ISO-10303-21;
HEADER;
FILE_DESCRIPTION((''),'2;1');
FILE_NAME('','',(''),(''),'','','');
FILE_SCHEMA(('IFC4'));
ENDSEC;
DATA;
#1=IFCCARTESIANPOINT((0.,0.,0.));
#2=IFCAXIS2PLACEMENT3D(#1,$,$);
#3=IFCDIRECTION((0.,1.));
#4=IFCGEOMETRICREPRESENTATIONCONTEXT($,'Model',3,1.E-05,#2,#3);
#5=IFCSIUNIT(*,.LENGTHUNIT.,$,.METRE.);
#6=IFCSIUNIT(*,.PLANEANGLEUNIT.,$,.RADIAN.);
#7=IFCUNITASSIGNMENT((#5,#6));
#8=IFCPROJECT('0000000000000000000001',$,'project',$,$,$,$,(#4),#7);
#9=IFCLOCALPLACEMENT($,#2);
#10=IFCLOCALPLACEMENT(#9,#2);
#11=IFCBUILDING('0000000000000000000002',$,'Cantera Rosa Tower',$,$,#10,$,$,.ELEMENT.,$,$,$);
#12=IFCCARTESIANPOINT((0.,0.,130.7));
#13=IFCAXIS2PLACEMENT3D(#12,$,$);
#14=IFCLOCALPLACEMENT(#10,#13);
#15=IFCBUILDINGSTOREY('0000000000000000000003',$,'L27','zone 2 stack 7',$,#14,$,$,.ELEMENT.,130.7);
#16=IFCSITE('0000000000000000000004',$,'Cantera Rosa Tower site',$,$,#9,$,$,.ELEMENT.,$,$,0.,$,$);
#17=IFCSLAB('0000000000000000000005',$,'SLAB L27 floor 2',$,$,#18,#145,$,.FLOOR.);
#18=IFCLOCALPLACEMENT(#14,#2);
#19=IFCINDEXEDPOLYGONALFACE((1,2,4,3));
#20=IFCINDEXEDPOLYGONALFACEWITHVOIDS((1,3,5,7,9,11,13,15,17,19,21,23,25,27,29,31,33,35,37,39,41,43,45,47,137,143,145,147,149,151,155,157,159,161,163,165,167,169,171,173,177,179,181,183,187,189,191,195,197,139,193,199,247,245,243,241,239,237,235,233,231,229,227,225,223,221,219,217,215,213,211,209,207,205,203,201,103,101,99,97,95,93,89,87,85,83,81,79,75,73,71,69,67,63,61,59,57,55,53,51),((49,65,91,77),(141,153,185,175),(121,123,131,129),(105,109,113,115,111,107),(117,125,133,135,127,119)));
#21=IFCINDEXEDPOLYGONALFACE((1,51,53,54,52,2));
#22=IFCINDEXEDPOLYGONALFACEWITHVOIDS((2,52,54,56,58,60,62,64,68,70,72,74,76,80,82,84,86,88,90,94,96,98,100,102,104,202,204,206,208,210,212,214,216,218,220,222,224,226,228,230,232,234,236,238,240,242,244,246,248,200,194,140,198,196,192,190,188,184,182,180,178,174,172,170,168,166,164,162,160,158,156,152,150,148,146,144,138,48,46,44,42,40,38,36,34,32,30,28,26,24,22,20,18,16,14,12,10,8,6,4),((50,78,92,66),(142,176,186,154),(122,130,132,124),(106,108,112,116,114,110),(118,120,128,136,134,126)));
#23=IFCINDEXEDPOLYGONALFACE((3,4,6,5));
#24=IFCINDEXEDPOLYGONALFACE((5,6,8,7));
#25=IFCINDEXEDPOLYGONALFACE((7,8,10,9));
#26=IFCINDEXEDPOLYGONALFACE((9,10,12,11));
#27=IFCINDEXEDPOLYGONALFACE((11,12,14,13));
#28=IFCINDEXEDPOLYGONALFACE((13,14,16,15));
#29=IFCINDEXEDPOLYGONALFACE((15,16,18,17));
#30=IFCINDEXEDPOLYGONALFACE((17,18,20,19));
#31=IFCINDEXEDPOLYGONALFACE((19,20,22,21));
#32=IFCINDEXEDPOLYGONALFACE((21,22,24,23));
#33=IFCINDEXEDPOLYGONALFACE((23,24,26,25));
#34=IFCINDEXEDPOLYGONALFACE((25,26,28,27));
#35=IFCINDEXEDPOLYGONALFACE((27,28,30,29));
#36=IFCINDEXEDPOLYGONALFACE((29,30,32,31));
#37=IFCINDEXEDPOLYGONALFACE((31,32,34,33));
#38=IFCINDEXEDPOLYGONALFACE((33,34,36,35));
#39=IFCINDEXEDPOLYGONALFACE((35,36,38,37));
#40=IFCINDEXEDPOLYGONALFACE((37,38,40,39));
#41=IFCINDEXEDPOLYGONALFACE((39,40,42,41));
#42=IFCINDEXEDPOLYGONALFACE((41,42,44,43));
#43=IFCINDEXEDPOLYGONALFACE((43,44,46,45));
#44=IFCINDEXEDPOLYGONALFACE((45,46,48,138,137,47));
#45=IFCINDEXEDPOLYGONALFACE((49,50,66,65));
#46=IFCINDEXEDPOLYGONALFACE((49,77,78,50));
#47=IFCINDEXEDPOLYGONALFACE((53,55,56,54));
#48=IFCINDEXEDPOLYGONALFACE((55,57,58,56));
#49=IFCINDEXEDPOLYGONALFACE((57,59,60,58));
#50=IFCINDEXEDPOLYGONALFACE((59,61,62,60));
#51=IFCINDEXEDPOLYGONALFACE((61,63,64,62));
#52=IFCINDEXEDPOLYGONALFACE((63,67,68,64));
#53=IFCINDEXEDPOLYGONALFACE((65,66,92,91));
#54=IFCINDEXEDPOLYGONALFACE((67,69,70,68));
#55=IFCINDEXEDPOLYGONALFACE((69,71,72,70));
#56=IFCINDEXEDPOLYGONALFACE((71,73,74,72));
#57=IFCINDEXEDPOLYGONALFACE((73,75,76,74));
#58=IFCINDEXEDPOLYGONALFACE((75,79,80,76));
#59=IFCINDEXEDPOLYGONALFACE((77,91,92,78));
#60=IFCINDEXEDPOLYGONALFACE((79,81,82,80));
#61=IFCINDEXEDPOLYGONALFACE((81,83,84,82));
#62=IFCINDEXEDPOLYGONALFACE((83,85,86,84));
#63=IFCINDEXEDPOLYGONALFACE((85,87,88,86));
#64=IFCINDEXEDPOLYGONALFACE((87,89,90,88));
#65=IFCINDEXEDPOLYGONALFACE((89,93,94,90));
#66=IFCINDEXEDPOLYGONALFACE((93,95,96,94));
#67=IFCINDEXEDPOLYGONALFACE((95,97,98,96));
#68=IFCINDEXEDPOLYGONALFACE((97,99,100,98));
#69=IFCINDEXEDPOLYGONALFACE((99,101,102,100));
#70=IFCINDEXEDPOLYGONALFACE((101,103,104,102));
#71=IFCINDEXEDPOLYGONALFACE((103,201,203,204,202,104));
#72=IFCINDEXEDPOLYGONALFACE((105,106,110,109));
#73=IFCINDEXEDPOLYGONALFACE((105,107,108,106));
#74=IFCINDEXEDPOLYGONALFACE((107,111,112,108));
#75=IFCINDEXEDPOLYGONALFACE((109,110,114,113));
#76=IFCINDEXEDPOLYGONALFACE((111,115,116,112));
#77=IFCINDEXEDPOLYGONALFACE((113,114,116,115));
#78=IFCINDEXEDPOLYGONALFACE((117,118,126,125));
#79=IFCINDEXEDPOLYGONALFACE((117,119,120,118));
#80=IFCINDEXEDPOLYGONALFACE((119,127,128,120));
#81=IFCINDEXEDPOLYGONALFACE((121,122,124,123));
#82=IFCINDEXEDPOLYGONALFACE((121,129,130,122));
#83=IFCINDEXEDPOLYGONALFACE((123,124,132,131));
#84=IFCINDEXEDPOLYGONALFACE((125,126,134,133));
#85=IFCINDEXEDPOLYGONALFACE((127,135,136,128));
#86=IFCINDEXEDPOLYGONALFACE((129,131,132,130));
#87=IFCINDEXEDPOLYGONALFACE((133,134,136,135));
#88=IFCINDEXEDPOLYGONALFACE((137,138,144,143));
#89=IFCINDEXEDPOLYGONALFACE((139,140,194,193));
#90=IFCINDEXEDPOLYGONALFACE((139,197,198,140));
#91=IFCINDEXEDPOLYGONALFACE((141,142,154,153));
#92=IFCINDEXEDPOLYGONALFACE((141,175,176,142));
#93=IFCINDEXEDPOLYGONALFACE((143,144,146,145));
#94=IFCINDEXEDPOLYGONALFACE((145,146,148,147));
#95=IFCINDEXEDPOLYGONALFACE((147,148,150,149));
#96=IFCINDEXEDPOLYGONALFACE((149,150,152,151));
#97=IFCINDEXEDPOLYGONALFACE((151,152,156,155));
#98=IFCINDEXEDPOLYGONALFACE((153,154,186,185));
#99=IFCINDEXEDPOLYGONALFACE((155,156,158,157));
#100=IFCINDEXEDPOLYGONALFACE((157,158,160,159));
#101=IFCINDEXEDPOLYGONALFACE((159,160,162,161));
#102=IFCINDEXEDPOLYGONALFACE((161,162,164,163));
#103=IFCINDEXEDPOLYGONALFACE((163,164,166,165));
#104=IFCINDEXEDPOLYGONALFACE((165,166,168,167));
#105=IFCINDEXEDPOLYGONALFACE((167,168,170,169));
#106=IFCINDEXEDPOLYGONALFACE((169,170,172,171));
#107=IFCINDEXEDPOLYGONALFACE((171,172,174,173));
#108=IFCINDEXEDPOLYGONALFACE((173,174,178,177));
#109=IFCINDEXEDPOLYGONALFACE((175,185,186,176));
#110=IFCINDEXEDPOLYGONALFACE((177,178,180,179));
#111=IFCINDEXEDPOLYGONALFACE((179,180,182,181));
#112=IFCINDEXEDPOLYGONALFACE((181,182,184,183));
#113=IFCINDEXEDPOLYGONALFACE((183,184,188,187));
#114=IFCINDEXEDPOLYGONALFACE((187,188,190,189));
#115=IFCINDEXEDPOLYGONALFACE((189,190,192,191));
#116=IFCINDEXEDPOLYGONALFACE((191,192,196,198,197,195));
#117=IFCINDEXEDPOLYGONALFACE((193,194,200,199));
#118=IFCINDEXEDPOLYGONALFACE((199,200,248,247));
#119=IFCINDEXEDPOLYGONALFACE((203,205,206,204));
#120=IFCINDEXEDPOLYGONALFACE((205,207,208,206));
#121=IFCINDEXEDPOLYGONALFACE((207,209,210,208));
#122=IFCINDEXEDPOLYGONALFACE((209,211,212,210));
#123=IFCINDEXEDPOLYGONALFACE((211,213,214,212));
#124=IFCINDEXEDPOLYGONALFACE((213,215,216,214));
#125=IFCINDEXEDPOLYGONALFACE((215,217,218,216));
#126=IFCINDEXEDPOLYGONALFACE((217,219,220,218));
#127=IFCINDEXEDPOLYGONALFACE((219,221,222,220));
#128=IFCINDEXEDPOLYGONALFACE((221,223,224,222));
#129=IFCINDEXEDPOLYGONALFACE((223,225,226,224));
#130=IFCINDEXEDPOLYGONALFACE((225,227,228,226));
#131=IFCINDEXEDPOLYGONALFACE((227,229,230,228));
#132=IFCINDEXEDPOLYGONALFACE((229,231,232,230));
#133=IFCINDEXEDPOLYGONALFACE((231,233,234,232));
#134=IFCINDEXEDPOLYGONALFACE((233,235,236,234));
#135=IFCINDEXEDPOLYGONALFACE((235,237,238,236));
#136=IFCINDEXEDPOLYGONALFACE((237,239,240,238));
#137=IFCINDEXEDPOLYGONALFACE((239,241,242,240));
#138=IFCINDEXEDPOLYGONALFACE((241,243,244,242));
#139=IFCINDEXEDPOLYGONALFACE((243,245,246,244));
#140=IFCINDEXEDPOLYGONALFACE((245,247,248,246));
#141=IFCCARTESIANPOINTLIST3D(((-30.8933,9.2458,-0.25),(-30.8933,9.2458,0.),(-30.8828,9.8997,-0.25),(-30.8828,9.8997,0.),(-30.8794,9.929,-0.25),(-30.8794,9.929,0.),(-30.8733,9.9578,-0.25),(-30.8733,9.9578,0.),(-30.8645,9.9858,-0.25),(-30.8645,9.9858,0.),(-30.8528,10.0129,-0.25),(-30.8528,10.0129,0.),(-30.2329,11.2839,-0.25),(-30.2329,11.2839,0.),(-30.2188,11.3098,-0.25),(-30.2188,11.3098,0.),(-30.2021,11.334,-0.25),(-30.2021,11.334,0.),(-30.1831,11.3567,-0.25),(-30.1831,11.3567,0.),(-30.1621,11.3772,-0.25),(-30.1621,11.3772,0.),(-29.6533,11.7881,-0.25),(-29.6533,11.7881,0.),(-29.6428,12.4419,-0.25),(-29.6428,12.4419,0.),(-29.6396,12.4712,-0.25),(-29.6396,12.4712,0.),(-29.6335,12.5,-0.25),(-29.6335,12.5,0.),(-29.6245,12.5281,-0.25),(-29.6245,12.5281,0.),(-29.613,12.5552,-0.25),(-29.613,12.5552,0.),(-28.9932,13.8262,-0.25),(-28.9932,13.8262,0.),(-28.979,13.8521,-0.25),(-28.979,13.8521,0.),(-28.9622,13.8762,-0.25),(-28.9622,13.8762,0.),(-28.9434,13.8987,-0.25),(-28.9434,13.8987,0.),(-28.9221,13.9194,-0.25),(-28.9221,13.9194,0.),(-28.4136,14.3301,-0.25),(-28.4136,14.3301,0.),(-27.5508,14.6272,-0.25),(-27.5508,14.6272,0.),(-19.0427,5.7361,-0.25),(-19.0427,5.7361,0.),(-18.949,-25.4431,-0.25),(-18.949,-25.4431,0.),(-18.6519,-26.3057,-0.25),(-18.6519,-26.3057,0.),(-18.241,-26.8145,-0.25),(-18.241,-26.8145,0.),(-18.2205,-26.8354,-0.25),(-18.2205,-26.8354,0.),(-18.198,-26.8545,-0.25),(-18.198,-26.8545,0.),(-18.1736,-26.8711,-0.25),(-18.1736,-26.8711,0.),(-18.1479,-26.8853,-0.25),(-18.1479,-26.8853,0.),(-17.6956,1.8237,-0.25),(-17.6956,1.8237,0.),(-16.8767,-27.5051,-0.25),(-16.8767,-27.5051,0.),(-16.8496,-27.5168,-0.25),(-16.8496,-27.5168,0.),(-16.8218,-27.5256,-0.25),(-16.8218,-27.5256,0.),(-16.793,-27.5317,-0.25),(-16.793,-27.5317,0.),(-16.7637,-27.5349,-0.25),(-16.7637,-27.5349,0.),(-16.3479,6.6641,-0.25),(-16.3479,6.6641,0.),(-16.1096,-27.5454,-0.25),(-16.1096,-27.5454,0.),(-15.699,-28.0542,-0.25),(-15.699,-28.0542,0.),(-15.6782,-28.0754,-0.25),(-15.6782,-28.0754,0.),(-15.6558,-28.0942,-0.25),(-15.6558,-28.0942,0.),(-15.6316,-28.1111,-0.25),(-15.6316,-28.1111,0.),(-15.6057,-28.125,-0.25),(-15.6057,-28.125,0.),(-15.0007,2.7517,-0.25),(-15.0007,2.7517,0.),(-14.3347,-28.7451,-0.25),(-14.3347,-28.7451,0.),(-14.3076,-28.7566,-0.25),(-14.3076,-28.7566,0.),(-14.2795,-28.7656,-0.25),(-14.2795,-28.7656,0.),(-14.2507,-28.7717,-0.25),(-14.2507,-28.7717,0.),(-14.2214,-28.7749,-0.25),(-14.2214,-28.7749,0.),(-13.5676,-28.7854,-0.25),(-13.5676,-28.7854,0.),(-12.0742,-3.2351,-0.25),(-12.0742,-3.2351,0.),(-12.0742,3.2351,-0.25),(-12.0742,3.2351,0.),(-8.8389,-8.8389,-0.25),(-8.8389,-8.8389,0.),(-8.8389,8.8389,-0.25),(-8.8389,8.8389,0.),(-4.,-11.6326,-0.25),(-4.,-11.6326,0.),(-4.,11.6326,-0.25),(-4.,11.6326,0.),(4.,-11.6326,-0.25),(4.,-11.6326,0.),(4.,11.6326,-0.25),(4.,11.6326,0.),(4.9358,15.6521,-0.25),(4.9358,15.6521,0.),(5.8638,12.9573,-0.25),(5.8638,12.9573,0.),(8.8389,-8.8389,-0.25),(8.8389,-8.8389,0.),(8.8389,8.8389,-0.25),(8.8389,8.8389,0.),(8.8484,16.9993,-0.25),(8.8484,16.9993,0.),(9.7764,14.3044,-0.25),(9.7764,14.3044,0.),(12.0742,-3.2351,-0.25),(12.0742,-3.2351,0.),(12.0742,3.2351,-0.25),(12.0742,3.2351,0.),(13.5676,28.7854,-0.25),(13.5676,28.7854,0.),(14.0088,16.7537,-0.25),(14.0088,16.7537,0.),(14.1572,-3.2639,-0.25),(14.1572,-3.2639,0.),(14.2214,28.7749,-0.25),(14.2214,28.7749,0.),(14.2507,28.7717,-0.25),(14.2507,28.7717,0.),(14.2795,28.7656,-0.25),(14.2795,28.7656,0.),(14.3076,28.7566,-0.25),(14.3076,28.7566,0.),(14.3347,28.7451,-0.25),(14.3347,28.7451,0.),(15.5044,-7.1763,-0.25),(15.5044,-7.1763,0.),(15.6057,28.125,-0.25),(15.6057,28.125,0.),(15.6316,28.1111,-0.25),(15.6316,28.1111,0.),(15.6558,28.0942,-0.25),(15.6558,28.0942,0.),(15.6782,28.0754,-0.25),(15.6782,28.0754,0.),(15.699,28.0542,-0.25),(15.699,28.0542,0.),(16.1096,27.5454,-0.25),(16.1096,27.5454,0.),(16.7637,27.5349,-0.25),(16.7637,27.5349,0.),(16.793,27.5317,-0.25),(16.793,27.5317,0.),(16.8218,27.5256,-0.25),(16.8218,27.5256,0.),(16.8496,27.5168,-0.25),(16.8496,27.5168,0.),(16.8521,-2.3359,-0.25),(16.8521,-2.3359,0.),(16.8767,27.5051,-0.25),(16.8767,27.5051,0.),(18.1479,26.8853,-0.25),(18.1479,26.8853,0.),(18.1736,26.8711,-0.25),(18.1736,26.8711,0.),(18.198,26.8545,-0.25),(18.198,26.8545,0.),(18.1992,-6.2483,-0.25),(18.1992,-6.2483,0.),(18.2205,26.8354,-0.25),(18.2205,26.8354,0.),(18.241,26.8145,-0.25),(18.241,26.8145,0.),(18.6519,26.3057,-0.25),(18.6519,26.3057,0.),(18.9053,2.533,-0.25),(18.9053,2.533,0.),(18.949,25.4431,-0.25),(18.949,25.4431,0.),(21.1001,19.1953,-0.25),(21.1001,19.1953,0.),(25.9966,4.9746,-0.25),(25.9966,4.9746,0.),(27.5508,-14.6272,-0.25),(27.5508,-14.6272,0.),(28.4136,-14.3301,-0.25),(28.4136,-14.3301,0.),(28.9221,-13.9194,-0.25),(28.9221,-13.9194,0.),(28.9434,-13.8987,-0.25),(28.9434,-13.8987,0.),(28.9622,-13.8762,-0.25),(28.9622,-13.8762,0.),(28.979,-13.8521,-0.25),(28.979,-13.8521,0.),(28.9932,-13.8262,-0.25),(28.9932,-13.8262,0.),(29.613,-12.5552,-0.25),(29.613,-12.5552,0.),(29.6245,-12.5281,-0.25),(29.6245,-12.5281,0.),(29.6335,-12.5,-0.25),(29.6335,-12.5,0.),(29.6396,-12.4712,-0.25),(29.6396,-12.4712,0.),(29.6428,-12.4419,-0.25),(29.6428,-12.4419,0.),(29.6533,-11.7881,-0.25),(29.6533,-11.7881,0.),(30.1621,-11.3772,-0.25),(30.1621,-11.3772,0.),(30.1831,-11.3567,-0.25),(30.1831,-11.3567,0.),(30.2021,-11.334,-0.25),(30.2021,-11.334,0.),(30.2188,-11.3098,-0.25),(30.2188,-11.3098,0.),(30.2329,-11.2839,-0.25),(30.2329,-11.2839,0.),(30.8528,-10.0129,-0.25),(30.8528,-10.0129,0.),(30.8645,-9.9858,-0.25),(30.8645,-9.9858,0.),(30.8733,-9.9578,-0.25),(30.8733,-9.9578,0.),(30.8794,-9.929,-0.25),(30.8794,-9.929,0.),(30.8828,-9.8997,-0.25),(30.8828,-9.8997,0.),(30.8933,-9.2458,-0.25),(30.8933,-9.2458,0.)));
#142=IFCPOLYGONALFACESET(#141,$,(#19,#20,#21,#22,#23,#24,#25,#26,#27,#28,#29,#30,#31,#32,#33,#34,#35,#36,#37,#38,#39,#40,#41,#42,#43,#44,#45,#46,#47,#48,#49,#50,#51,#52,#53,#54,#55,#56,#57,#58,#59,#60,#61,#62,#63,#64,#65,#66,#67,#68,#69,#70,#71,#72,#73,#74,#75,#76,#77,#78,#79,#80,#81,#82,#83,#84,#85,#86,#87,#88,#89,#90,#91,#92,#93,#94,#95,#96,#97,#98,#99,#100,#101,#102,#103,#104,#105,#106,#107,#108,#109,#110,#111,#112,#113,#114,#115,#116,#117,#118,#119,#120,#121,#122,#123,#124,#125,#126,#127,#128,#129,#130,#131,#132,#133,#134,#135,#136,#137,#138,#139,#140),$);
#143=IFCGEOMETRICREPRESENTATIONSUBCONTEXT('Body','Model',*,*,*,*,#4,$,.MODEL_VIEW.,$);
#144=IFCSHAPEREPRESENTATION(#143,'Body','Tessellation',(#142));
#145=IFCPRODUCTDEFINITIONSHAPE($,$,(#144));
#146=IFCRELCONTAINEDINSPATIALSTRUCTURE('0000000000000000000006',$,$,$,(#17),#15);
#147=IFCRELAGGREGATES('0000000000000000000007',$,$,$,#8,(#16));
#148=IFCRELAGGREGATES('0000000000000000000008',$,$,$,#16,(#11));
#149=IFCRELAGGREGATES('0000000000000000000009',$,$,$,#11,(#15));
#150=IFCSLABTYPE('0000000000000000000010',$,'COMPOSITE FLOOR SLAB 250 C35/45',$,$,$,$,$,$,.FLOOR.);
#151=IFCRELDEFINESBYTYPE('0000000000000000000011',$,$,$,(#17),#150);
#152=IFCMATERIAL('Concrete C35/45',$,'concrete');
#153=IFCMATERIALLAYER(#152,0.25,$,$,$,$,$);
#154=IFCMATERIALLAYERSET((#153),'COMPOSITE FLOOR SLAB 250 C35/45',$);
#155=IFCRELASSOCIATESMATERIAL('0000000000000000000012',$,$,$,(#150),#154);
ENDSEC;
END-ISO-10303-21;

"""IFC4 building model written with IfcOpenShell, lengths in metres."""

from ifc_helpers import new_model, si_unit, direction, frame, origin, place, context, subcontext, project, spatial, polyline, outline, extrude, material, layer, layer_set, type_object, element, save


model = new_model("IFC4")

# Units and contexts
model_context = context("Model", 3, precision=1e-05, world=origin(), true_north=direction((0.0, 1.0)))
body_context = subcontext(model_context, "Body", "Model", "MODEL_VIEW")
ifc_project = project(units=[si_unit("LENGTHUNIT", "METRE"), si_unit("PLANEANGLEUNIT", "RADIAN")], contexts=[model_context])

# Site, building, storey
site_placement = place(None, origin())
site = spatial("IfcSite", under=ifc_project, at=site_placement, Name="Cantera Rosa Tower site", CompositionType="ELEMENT", RefElevation=0.0)
building_placement = place(site_placement, origin())
building = spatial("IfcBuilding", under=site, at=building_placement, Name="Cantera Rosa Tower", CompositionType="ELEMENT")
storey_placement = place(building_placement, frame((0.0, 0.0, 130.7)))
storey = spatial("IfcBuildingStorey", under=building, at=storey_placement, Name="L27", Description="zone 2 stack 7", CompositionType="ELEMENT", Elevation=130.7)

# Slab
ifc_material_1 = material(Name="Concrete C35/45", Category="concrete")
ifc_layer_1 = layer(ifc_material_1, 0.25)
ifc_layer_set_1 = layer_set([ifc_layer_1], Name="COMPOSITE FLOOR SLAB 250 C35/45")
slab_type_1 = type_object("IfcSlabType", Name="COMPOSITE FLOOR SLAB 250 C35/45", PredefinedType="FLOOR", material=ifc_layer_set_1)
slab_1_placement = place(storey_placement, frame((0.0, 0.0, -0.25)))
element("IfcSlab", 1, at=slab_1_placement, inside=storey, type_object=slab_type_1, Name="SLAB L27 floor 2", PredefinedType="FLOOR", context=body_context, shape_type="SweptSolid", body=[
    extrude(outline(polyline([(-14.3347, -28.7451), (-15.6057, -28.125), (-15.6316, -28.1111), (-15.6558, -28.0942), (-15.6782, -28.0754), (-15.699, -28.0542), (-16.1096, -27.5454), (-16.7637, -27.5349), (-16.793, -27.5317), (-16.8218, -27.5256), (-16.8496, -27.5168), (-16.8767, -27.5051), (-18.1479, -26.8853), (-18.1736, -26.8711), (-18.198, -26.8545), (-18.2205, -26.8354), (-18.241, -26.8145), (-18.6519, -26.3057), (-18.949, -25.4431), (-30.8933, 9.2458), (-30.8828, 9.8997), (-30.8794, 9.929), (-30.8733, 9.9578), (-30.8645, 9.9858), (-30.8528, 10.0129), (-30.2329, 11.2839), (-30.2188, 11.3098), (-30.2021, 11.334), (-30.1831, 11.3567), (-30.1621, 11.3772), (-29.6533, 11.7881), (-29.6428, 12.4419), (-29.6396, 12.4712), (-29.6335, 12.5), (-29.6245, 12.5281), (-29.613, 12.5552), (-28.9932, 13.8262), (-28.979, 13.8521), (-28.9622, 13.8762), (-28.9434, 13.8987), (-28.9221, 13.9194), (-28.4136, 14.3301), (-27.5508, 14.6272), (13.5676, 28.7854), (14.2214, 28.7749), (14.2507, 28.7717), (14.2795, 28.7656), (14.3076, 28.7566), (14.3347, 28.7451), (15.6057, 28.125), (15.6316, 28.1111), (15.6558, 28.0942), (15.6782, 28.0754), (15.699, 28.0542), (16.1096, 27.5454), (16.7637, 27.5349), (16.793, 27.5317), (16.8218, 27.5256), (16.8496, 27.5168), (16.8767, 27.5051), (18.1479, 26.8853), (18.1736, 26.8711), (18.198, 26.8545), (18.2205, 26.8354), (18.241, 26.8145), (18.6519, 26.3057), (18.949, 25.4431), (21.1001, 19.1953), (14.0088, 16.7537), (18.9053, 2.533), (25.9966, 4.9746), (30.8933, -9.2458), (30.8828, -9.8997), (30.8794, -9.929), (30.8733, -9.9578), (30.8645, -9.9858), (30.8528, -10.0129), (30.2329, -11.2839), (30.2188, -11.3098), (30.2021, -11.334), (30.1831, -11.3567), (30.1621, -11.3772), (29.6533, -11.7881), (29.6428, -12.4419), (29.6396, -12.4712), (29.6335, -12.5), (29.6245, -12.5281), (29.613, -12.5552), (28.9932, -13.8262), (28.979, -13.8521), (28.9622, -13.8762), (28.9434, -13.8987), (28.9221, -13.9194), (28.4136, -14.3301), (27.5508, -14.6272), (-13.5676, -28.7854), (-14.2214, -28.7749), (-14.2507, -28.7717), (-14.2795, -28.7656), (-14.3076, -28.7566), (-14.3347, -28.7451)]), holes=[polyline([(-8.8389, 8.8389), (-12.0742, 3.2351), (-12.0742, -3.2351), (-8.8389, -8.8389), (-4.0, -11.6326), (-4.0, 11.6326), (-8.8389, 8.8389)]), polyline([(-15.0007, 2.7517), (-16.3479, 6.6641), (-19.0427, 5.7361), (-17.6956, 1.8237), (-15.0007, 2.7517)]), polyline([(18.1992, -6.2483), (16.8521, -2.3359), (14.1572, -3.2639), (15.5044, -7.1763), (18.1992, -6.2483)]), polyline([(8.8389, -8.8389), (12.0742, -3.2351), (12.0742, 3.2351), (8.8389, 8.8389), (4.0, 11.6326), (4.0, -11.6326), (8.8389, -8.8389)]), polyline([(9.7764, 14.3044), (8.8484, 16.9993), (4.9358, 15.6521), (5.8638, 12.9573), (9.7764, 14.3044)])]), origin(), (0.0, 0.0, 1.0), 0.25),
])

save(model, "model.ifc")
